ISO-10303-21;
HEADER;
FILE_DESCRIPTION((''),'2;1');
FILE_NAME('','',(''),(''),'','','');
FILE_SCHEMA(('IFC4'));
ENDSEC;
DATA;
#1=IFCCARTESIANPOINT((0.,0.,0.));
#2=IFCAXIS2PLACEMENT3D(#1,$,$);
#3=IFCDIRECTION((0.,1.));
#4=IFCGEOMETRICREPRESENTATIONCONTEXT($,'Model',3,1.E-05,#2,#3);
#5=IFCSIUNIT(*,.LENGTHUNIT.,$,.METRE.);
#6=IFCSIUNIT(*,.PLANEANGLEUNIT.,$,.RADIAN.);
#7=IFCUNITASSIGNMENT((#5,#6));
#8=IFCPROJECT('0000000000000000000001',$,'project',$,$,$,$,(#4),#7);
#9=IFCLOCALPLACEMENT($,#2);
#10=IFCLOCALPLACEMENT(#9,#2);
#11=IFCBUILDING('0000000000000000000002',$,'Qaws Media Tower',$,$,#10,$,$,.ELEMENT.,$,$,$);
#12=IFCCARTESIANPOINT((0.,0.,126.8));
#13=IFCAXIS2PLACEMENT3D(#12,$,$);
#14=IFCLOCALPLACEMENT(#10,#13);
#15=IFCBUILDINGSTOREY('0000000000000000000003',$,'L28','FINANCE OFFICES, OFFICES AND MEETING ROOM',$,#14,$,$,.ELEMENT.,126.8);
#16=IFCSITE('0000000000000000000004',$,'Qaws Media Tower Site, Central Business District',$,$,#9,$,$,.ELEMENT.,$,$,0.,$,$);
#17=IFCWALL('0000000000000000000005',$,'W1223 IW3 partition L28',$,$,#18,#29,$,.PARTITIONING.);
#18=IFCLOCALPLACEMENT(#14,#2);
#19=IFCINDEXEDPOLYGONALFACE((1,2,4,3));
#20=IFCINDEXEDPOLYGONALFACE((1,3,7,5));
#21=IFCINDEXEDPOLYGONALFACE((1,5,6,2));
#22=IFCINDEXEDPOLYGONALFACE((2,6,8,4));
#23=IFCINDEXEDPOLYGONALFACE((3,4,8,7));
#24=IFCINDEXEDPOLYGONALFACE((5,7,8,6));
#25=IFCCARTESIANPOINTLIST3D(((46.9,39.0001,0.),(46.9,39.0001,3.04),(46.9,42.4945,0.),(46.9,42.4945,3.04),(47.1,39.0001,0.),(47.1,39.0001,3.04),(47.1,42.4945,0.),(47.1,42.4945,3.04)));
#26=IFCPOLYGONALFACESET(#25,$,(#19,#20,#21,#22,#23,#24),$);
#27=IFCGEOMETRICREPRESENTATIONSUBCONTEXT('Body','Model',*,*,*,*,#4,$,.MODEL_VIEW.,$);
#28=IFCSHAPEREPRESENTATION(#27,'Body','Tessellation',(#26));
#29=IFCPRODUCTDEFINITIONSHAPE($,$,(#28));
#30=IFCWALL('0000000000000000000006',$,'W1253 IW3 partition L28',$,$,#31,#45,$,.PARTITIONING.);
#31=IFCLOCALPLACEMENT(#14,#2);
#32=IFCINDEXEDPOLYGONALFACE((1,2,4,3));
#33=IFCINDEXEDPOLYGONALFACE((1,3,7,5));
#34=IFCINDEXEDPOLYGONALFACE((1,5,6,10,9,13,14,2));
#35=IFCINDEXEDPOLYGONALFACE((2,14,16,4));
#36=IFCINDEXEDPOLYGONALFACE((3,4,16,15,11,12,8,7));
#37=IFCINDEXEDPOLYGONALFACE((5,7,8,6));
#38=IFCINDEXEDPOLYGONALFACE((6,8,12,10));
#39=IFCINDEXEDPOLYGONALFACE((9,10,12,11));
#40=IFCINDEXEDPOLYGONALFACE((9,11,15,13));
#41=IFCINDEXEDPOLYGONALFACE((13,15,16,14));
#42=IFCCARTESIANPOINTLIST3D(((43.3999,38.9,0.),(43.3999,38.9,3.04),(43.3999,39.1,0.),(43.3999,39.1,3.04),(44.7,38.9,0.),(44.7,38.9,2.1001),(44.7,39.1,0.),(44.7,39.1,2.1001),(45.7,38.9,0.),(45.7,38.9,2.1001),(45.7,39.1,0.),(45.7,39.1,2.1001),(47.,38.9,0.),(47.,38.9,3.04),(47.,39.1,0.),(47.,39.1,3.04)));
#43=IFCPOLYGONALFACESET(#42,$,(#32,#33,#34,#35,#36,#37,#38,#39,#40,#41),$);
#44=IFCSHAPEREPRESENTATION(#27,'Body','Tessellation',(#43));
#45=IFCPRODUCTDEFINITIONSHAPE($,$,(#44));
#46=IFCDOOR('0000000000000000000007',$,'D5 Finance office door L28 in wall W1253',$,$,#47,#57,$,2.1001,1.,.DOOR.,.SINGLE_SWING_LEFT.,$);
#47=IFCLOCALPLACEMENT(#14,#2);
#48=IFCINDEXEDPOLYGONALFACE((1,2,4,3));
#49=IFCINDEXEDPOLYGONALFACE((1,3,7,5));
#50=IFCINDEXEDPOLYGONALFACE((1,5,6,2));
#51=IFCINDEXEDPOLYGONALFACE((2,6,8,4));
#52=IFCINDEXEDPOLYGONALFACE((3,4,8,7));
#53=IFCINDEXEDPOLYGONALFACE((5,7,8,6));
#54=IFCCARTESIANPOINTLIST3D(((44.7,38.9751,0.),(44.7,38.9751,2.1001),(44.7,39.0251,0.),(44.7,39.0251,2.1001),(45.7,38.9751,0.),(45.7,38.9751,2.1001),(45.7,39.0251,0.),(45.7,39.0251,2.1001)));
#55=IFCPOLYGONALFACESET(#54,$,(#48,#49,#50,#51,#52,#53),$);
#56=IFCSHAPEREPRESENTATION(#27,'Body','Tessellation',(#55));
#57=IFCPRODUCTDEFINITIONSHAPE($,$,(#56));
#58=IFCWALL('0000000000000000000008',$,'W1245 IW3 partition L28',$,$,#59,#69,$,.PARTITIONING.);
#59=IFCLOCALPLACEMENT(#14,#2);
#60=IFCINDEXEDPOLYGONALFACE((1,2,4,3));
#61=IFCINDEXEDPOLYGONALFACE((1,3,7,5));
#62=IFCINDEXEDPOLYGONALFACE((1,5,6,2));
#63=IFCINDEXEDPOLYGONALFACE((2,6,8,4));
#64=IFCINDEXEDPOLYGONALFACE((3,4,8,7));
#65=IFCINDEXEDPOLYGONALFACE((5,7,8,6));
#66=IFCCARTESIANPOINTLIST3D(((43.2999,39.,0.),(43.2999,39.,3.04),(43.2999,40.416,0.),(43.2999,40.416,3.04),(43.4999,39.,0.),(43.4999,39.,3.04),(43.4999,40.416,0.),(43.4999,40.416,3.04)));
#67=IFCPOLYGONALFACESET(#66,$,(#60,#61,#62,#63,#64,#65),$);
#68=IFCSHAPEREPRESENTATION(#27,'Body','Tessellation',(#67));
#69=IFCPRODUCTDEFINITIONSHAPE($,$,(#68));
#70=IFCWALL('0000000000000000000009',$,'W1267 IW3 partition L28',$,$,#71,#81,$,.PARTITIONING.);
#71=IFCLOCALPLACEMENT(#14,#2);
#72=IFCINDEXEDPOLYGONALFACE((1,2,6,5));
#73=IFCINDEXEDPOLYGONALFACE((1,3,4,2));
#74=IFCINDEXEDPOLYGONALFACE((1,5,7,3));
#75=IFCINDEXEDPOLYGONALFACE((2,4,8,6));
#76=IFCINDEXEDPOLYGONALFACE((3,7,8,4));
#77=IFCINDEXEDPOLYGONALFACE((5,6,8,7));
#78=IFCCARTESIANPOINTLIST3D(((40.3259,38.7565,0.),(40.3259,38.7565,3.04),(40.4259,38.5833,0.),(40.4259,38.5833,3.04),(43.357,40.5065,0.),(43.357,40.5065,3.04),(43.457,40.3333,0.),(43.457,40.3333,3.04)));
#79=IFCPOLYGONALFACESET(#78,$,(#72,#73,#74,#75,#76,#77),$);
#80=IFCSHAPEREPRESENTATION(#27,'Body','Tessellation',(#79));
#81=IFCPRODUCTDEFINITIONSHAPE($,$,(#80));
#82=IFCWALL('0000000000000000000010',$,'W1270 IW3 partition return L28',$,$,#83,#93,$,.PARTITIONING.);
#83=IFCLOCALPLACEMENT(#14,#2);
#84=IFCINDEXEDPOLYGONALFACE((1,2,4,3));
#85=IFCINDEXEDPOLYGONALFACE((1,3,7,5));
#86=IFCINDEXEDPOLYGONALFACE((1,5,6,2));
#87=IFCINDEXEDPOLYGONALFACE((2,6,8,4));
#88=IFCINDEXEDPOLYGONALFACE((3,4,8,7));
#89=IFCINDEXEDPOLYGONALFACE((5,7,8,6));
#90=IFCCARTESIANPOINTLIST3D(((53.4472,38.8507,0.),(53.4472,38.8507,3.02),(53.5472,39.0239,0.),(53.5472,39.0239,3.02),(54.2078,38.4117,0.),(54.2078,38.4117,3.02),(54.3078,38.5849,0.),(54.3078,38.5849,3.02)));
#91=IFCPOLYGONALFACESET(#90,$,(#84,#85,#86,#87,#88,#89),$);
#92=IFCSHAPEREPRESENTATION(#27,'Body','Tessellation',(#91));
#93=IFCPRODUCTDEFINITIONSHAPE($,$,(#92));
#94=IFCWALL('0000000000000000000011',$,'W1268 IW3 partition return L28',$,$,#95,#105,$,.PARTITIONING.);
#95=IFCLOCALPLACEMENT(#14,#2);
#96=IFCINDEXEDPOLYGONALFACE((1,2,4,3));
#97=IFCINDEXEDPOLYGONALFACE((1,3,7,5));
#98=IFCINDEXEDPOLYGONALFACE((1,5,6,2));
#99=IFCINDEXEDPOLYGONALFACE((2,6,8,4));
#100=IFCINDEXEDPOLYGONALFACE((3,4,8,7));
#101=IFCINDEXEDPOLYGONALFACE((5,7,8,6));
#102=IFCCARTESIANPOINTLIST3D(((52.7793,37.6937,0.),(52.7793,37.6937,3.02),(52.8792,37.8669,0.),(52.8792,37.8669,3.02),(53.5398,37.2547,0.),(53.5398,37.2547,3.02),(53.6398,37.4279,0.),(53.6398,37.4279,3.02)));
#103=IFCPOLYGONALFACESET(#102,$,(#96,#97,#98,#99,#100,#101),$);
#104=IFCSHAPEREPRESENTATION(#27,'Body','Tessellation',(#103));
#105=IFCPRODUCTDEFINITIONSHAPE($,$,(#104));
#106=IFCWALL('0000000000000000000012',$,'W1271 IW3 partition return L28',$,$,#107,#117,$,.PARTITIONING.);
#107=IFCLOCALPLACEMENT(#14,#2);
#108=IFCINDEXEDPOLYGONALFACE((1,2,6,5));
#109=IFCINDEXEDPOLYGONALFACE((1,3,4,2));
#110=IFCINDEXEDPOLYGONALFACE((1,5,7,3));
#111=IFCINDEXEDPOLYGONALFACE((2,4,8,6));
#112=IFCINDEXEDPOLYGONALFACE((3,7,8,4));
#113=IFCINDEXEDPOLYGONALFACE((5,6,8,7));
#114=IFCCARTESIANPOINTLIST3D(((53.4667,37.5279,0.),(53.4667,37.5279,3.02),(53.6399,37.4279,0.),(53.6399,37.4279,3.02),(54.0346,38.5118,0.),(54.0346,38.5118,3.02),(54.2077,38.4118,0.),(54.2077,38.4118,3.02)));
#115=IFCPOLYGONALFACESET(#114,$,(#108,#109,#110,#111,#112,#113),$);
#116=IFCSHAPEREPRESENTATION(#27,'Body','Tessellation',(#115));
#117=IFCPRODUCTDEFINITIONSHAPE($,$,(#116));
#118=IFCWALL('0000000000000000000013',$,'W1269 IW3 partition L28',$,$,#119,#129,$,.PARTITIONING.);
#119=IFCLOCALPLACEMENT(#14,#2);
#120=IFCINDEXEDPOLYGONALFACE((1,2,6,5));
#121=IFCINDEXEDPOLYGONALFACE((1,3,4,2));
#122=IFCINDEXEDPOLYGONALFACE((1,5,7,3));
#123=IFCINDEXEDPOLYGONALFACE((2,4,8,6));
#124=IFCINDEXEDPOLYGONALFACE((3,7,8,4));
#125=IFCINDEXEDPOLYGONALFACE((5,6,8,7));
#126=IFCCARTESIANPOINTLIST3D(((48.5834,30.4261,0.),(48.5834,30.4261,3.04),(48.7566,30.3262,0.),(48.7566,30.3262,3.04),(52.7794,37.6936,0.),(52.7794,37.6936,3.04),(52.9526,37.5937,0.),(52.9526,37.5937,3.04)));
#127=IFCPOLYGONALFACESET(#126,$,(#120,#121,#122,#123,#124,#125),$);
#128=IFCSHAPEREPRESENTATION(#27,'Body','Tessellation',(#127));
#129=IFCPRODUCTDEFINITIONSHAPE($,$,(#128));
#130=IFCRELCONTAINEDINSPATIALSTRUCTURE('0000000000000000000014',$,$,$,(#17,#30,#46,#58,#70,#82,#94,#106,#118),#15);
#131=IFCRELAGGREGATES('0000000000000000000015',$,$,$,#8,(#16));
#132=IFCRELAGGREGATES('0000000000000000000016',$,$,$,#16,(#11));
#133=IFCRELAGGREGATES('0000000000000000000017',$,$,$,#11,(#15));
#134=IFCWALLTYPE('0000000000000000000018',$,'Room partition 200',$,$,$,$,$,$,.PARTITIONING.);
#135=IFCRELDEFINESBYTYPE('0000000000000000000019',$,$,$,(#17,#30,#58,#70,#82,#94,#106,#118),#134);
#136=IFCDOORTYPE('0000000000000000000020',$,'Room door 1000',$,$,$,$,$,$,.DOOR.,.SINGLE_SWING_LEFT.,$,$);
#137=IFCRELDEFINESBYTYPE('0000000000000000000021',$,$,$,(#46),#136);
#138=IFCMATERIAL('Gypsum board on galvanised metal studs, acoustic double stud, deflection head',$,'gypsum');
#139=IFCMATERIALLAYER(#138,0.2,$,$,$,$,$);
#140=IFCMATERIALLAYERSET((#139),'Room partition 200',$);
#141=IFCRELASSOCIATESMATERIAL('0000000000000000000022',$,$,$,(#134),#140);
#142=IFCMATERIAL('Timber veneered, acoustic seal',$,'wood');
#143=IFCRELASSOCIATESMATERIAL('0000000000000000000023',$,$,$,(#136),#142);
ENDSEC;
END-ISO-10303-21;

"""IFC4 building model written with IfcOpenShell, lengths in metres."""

from ifc_helpers import new_model, si_unit, direction, frame, frame_2d, origin, place, context, subcontext, project, spatial, rectangle, extrude, material, layer, layer_set, type_object, element, fill, save


model = new_model("IFC4")

# Units and contexts
model_context = context("Model", 3, precision=1e-05, world=origin(), true_north=direction((0.0, 1.0)))
body_context = subcontext(model_context, "Body", "Model", "MODEL_VIEW")
ifc_project = project(units=[si_unit("LENGTHUNIT", "METRE"), si_unit("PLANEANGLEUNIT", "RADIAN")], contexts=[model_context])

# Site, building, storey
site_placement = place(None, origin())
site = spatial("IfcSite", under=ifc_project, at=site_placement, Name="Qaws Media Tower Site, Central Business District", CompositionType="ELEMENT", RefElevation=0.0)
building_placement = place(site_placement, origin())
building = spatial("IfcBuilding", under=site, at=building_placement, Name="Qaws Media Tower", CompositionType="ELEMENT")
storey_placement = place(building_placement, frame((0.0, 0.0, 126.8)))
storey = spatial("IfcBuildingStorey", under=building, at=storey_placement, Name="L28", Description="FINANCE OFFICES, OFFICES AND MEETING ROOM", CompositionType="ELEMENT", Elevation=126.8)

# Wall
ifc_material_1 = material(Name="Gypsum board on galvanised metal studs, acoustic double stud, deflection head", Category="gypsum")
ifc_layer_1 = layer(ifc_material_1, 0.2)
ifc_layer_set_1 = layer_set([ifc_layer_1], Name="Room partition 200")
wall_type = type_object("IfcWallType", Name="Room partition 200", PredefinedType="PARTITIONING", material=ifc_layer_set_1)
wall_1_placement = place(storey_placement, frame((47.0, 42.4944, 0.0), z_axis=(0.0, 0.0, 1.0), x_axis=(0.0, -1.0, 0.0)))
element("IfcWall", 1, at=wall_1_placement, inside=storey, type_object=wall_type, Name="W1223 IW3 partition L28", PredefinedType="PARTITIONING", context=body_context, shape_type="SweptSolid", body=[
    extrude(rectangle(XDim=3.4944, YDim=0.2, at=frame_2d((1.7471, 0.0))), origin(), (0.0, 0.0, 1.0), 3.04),
])

# Wall, opening, door
wall_2_placement = place(storey_placement, frame((47.0, 39.0, 0.0), z_axis=(0.0, 0.0, 1.0), x_axis=(-1.0, 0.0, 0.0)))
wall_2 = element("IfcWall", 2, at=wall_2_placement, inside=storey, type_object=wall_type, Name="W1253 IW3 partition L28", PredefinedType="PARTITIONING", context=body_context, shape_type="SweptSolid", body=[
    extrude(rectangle(XDim=3.6001, YDim=0.2, at=frame_2d((1.8, 0.0))), origin(), (0.0, 0.0, 1.0), 3.04),
])
opening_1_placement = place(wall_2_placement, frame((1.3, 0.0, 0.0)))
opening_1 = element("IfcOpeningElement", 3, at=opening_1_placement, cuts=wall_2, PredefinedType="OPENING", context=body_context, shape_type="SweptSolid", body=[
    extrude(rectangle(XDim=1.0, YDim=2.1001, at=frame_2d((0.5, 1.05))), frame((0.0, 0.1099, 0.0), z_axis=(0.0, -1.0, 0.0), x_axis=(1.0, 0.0, 0.0)), (0.0, 0.0, 1.0), 0.22),
])
ifc_material_2 = material(Name="Timber veneered, acoustic seal", Category="wood")
door_type_1 = type_object("IfcDoorType", Name="Room door 1000", OperationType="SINGLE_SWING_LEFT", PredefinedType="DOOR", material=ifc_material_2)
door_1_placement = place(opening_1_placement, origin())
door_1 = element("IfcDoor", 4, at=door_1_placement, inside=storey, type_object=door_type_1, Name="D5 Finance office door L28 in wall W1253", OperationType="SINGLE_SWING_LEFT", OverallHeight=2.1001, OverallWidth=1.0, PredefinedType="DOOR", context=body_context, shape_type="SweptSolid", body=[
    extrude(rectangle(XDim=1.0, YDim=2.1001, at=frame_2d((0.5, 1.05))), frame((0.0, 0.0249, 0.0), z_axis=(0.0, -1.0, 0.0), x_axis=(1.0, 0.0, 0.0)), (0.0, 0.0, 1.0), 0.05),
])
fill(opening_1, door_1)

# Wall
wall_3_placement = place(storey_placement, frame((43.3999, 39.0, 0.0), z_axis=(0.0, 0.0, 1.0), x_axis=(0.0, 1.0, 0.0)))
element("IfcWall", 5, at=wall_3_placement, inside=storey, type_object=wall_type, Name="W1245 IW3 partition L28", PredefinedType="PARTITIONING", context=body_context, shape_type="SweptSolid", body=[
    extrude(rectangle(XDim=1.416, YDim=0.2, at=frame_2d((0.708, 0.0))), origin(), (0.0, 0.0, 1.0), 3.04),
])

# Walls
wall_4_placement = place(storey_placement, frame((43.407, 40.4199, 0.0), z_axis=(0.0, 0.0, 1.0), x_axis=(-0.866019, -0.50001, 0.0)))
element("IfcWall", 6, at=wall_4_placement, inside=storey, type_object=wall_type, Name="W1267 IW3 partition L28", PredefinedType="PARTITIONING", context=body_context, shape_type="SweptSolid", body=[
    extrude(rectangle(XDim=3.5, YDim=0.2, at=frame_2d((1.75, 0.0))), origin(), (0.0, 0.0, 1.0), 3.04),
])
for number, where, z_axis, x_axis, name in (
    (7, (53.4973, 38.9373, 0.0), (0.0, 0.0, 1.0), (0.866079, -0.499907, 0.0), "W1270 IW3 partition return L28"),
    (8, (52.8293, 37.7803, 0.0), (0.0, 0.0, 1.0), (0.866079, -0.499907, 0.0), "W1268 IW3 partition return L28"),
):
    element("IfcWall", number, at=place(storey_placement, frame(where, z_axis=z_axis, x_axis=x_axis)), inside=storey, type_object=wall_type, Name=name, PredefinedType="PARTITIONING", context=body_context, shape_type="SweptSolid", body=[
        extrude(rectangle(XDim=0.8782, YDim=0.2, at=frame_2d((0.439, 0.0))), origin(), (0.0, 0.0, 1.0), 3.02),
    ])
wall_5_placement = place(storey_placement, frame((54.1211, 38.4617, 0.0), z_axis=(0.0, 0.0, 1.0), x_axis=(-0.499884, -0.866093, 0.0)))
element("IfcWall", 9, at=wall_5_placement, inside=storey, type_object=wall_type, Name="W1271 IW3 partition return L28", PredefinedType="PARTITIONING", context=body_context, shape_type="SweptSolid", body=[
    extrude(rectangle(XDim=1.136, YDim=0.2, at=frame_2d((0.5679, 0.0))), origin(), (0.0, 0.0, 1.0), 3.02),
])
wall_6_placement = place(storey_placement, frame((52.866, 37.6436, 0.0), z_axis=(0.0, 0.0, 1.0), x_axis=(-0.50001, -0.86602, 0.0)))
element("IfcWall", 10, at=wall_6_placement, inside=storey, type_object=wall_type, Name="W1269 IW3 partition L28", PredefinedType="PARTITIONING", context=body_context, shape_type="SweptSolid", body=[
    extrude(rectangle(XDim=8.3918, YDim=0.2, at=frame_2d((4.1958, 0.0))), origin(), (0.0, 0.0, 1.0), 3.04),
])

save(model, "model.ifc")
